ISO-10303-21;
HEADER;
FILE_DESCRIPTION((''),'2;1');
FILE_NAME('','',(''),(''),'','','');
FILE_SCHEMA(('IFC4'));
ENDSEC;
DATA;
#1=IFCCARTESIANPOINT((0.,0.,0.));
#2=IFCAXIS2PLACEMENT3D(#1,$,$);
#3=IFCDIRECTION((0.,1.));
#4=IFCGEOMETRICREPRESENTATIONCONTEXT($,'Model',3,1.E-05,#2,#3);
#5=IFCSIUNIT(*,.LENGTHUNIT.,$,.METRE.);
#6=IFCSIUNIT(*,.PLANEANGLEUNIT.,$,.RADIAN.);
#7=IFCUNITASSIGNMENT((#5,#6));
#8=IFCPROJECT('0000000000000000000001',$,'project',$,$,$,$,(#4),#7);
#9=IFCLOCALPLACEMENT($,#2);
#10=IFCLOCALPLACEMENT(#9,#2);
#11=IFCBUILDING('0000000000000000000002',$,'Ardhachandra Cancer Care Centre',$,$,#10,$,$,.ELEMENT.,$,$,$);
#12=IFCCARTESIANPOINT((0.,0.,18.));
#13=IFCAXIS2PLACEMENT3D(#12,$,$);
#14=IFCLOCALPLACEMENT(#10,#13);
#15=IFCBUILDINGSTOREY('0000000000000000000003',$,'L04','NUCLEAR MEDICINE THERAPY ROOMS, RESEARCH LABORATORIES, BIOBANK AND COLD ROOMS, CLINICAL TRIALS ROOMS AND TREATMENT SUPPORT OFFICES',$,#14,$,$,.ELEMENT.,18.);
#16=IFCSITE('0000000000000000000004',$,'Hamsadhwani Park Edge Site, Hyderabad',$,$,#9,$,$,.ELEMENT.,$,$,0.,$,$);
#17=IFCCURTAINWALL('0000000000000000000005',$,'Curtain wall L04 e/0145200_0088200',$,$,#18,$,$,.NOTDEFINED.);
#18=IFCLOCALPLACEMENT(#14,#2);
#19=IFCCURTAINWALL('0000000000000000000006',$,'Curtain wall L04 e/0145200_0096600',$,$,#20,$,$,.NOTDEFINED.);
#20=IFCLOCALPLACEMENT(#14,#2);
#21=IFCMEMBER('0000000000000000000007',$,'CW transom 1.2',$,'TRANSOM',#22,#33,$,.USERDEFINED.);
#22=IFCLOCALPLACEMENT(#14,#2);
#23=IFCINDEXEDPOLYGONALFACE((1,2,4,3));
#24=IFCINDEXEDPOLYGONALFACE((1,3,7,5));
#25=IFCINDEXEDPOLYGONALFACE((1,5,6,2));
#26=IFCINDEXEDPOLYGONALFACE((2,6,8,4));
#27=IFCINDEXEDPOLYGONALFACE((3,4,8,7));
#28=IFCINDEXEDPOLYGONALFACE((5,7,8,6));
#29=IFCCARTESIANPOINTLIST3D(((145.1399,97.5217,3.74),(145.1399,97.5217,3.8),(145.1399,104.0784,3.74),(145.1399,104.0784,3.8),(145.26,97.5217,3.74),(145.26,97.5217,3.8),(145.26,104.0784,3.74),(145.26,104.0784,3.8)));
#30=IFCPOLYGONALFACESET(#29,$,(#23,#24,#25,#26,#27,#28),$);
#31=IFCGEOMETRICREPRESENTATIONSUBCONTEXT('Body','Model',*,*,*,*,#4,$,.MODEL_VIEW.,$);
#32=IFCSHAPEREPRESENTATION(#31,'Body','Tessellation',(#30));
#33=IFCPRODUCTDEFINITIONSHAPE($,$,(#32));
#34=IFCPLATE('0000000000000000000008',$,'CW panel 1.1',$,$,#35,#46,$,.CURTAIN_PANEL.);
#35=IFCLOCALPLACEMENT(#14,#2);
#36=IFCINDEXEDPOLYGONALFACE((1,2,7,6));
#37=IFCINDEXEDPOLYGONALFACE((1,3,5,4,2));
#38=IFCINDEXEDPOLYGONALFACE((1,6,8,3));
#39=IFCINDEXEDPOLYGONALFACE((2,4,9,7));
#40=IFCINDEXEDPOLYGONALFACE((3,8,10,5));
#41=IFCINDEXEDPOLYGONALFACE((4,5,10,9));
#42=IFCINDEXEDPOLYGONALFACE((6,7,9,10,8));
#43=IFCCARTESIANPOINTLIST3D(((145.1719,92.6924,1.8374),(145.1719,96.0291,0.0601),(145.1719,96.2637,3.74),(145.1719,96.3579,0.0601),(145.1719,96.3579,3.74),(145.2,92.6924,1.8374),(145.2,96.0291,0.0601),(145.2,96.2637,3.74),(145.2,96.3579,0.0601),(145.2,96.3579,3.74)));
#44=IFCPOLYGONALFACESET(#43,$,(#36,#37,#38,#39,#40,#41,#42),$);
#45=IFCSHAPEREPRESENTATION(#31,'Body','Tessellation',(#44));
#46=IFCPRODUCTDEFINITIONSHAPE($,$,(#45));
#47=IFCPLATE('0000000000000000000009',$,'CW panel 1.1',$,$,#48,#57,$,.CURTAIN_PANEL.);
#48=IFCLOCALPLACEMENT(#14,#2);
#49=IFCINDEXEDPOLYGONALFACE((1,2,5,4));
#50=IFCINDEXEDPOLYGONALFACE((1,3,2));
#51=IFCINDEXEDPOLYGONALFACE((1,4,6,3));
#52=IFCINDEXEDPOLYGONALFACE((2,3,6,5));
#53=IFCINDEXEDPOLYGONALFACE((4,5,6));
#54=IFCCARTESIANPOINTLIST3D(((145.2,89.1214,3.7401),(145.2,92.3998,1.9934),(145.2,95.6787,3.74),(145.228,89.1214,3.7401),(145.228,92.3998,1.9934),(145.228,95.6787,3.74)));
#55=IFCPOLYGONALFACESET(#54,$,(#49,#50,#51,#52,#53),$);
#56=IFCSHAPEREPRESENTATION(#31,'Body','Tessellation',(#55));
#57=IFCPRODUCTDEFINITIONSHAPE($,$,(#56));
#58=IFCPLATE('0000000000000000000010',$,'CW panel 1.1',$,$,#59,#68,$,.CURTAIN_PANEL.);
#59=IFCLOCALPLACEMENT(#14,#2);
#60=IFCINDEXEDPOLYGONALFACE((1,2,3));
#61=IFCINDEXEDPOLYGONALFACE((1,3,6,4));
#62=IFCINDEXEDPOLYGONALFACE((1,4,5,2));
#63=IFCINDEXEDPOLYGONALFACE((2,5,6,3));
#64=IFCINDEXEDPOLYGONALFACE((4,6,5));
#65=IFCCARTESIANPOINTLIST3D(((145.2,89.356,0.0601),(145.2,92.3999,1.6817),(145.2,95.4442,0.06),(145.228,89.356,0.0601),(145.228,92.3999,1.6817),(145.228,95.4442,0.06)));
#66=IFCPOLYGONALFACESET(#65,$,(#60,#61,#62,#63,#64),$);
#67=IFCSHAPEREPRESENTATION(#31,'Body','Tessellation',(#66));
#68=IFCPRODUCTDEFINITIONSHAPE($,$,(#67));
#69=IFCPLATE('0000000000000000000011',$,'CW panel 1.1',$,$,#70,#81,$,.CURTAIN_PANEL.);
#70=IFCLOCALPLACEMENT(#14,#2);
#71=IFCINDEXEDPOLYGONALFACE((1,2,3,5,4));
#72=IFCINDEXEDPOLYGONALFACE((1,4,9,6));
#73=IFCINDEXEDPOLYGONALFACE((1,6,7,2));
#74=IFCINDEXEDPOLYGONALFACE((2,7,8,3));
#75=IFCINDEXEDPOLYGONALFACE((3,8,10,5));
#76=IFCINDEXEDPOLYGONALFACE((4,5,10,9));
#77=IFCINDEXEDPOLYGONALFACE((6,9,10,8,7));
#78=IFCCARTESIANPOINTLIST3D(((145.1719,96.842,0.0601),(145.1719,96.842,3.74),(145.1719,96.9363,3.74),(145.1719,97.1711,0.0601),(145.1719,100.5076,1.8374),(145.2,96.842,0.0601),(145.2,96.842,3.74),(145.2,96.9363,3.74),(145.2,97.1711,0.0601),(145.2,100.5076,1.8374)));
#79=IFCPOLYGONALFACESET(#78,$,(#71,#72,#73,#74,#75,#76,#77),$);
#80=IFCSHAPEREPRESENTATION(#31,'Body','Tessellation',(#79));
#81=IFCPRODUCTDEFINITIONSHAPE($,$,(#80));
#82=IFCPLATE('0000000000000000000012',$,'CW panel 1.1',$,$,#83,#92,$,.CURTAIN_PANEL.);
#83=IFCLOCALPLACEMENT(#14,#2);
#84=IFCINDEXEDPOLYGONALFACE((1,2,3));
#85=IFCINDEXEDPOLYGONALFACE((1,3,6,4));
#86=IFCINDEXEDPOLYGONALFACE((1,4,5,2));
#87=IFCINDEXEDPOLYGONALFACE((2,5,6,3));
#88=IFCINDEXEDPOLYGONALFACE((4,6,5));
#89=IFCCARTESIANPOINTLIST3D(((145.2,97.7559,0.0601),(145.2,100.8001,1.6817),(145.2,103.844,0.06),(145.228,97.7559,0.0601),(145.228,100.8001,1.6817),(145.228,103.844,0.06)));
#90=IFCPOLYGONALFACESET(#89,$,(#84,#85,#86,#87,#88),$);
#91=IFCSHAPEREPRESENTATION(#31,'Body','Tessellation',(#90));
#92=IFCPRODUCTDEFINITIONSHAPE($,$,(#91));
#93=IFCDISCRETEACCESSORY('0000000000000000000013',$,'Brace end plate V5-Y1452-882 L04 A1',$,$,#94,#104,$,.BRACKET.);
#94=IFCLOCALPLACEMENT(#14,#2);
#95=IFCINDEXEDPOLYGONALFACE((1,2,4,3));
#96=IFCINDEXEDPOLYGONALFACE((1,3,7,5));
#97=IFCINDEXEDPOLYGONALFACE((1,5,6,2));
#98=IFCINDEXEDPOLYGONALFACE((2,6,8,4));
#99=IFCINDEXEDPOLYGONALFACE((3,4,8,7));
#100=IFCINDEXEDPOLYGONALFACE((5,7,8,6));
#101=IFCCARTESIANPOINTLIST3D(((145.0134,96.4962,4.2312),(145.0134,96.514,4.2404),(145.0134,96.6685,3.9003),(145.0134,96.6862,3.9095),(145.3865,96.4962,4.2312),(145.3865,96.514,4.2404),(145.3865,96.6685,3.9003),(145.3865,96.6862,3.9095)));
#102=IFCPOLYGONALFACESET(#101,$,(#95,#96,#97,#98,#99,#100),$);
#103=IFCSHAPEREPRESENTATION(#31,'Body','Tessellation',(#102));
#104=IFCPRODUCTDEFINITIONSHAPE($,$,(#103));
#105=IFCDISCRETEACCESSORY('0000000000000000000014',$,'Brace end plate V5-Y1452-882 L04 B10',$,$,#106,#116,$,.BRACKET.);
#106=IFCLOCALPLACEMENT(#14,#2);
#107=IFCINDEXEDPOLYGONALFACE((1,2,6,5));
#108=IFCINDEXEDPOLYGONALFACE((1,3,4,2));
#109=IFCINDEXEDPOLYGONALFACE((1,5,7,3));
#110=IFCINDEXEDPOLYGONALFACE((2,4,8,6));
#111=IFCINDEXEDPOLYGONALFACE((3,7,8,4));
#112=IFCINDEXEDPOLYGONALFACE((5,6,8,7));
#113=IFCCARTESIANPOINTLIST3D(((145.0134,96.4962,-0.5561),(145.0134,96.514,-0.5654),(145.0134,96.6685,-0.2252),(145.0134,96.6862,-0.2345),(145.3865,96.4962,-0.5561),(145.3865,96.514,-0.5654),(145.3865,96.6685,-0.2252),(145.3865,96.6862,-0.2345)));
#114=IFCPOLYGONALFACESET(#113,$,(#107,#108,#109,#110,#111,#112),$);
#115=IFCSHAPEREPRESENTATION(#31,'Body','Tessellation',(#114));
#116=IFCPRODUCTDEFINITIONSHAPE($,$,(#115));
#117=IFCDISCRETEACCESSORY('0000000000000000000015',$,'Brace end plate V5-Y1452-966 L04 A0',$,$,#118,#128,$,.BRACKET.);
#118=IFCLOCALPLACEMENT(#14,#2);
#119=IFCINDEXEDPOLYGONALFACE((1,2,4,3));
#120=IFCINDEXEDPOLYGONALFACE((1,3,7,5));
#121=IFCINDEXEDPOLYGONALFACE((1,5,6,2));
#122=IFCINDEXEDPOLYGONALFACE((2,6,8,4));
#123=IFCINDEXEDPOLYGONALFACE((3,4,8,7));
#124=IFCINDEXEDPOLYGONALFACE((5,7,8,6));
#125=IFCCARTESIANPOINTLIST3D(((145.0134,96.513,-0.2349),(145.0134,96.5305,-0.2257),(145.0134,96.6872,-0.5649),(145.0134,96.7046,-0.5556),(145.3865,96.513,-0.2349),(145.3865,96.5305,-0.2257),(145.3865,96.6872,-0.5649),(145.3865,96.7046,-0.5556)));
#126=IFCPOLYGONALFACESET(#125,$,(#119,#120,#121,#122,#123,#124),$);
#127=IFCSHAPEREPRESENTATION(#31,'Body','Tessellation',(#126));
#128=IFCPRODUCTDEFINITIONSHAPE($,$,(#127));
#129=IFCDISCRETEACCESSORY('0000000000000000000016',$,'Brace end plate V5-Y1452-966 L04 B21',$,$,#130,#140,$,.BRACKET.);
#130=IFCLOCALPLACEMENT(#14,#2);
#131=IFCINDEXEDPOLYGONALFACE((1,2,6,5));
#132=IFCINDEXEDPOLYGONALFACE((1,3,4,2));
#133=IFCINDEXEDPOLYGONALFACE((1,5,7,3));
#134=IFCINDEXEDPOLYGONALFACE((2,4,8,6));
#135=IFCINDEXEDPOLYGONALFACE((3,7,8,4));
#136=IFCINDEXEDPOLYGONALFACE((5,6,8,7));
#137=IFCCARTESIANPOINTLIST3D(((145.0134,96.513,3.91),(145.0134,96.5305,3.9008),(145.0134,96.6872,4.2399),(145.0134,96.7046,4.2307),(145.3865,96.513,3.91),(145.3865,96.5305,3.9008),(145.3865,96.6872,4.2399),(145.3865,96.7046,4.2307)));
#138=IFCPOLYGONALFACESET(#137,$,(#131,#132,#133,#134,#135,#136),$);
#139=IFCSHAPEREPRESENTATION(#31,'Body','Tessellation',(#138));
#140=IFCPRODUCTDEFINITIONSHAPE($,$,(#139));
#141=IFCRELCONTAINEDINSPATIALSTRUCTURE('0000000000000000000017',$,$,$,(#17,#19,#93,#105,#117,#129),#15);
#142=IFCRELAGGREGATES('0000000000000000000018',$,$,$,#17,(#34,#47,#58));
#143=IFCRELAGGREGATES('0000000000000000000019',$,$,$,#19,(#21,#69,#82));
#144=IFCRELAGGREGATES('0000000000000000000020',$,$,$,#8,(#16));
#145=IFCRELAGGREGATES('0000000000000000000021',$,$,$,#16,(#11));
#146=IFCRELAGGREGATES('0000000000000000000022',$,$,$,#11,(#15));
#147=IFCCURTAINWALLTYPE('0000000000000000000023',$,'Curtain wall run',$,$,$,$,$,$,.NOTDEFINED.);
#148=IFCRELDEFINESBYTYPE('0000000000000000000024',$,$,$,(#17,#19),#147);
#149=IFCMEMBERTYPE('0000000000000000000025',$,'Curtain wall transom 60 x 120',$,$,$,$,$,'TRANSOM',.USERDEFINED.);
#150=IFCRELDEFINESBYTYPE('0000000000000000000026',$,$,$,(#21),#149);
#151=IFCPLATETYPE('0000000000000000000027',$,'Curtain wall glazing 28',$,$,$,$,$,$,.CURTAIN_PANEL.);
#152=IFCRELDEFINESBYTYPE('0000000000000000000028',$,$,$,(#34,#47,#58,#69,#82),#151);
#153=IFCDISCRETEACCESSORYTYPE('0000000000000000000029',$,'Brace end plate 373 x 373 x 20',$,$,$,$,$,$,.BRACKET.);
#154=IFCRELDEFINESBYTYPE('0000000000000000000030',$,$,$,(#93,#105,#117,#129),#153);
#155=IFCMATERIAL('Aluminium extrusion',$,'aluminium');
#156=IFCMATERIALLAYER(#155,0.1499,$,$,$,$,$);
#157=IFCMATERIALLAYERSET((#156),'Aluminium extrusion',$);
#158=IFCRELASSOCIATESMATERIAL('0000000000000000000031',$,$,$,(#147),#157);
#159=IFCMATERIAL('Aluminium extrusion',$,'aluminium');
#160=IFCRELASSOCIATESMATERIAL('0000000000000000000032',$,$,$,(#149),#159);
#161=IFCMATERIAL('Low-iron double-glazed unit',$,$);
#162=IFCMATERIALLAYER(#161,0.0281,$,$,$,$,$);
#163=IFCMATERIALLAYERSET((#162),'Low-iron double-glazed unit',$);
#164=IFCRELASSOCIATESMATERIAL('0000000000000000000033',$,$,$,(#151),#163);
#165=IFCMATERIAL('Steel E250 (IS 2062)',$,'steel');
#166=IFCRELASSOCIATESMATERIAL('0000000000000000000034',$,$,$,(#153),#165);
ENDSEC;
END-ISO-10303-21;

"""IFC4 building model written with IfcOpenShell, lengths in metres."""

from ifc_helpers import new_model, si_unit, direction, frame, origin, origin_2d, place, context, subcontext, project, spatial, polyline, rectangle, outline, extrude, material, layer, layer_set, material_profile, profile_set, type_object, element, aggregate, save


model = new_model("IFC4")

# Units and contexts
model_context = context("Model", 3, precision=1e-05, world=origin(), true_north=direction((0.0, 1.0)))
body_context = subcontext(model_context, "Body", "Model", "MODEL_VIEW")
ifc_project = project(units=[si_unit("LENGTHUNIT", "METRE"), si_unit("PLANEANGLEUNIT", "RADIAN")], contexts=[model_context])

# Site, building, storey
site_placement = place(None, origin())
site = spatial("IfcSite", under=ifc_project, at=site_placement, Name="Hamsadhwani Park Edge Site, Hyderabad", CompositionType="ELEMENT", RefElevation=0.0)
building_placement = place(site_placement, origin())
building = spatial("IfcBuilding", under=site, at=building_placement, Name="Ardhachandra Cancer Care Centre", CompositionType="ELEMENT")
storey_placement = place(building_placement, frame((0.0, 0.0, 18.0)))
storey = spatial("IfcBuildingStorey", under=building, at=storey_placement, Name="L04", Description="NUCLEAR MEDICINE THERAPY ROOMS, RESEARCH LABORATORIES, BIOBANK AND COLD ROOMS, CLINICAL TRIALS ROOMS AND TREATMENT SUPPORT OFFICES", CompositionType="ELEMENT", Elevation=18.0)

# Curtain walls
ifc_material_1 = material(Name="Aluminium extrusion", Category="aluminium")
ifc_layer_1 = layer(ifc_material_1, 0.1499)
ifc_layer_set_1 = layer_set([ifc_layer_1], Name="Aluminium extrusion")
curtain_wall_type = type_object("IfcCurtainWallType", Name="Curtain wall run", PredefinedType="NOTDEFINED", material=ifc_layer_set_1)
curtain_wall_1_placement = place(storey_placement, origin())
curtain_wall_1 = element("IfcCurtainWall", 1, at=curtain_wall_1_placement, inside=storey, type_object=curtain_wall_type, Name="Curtain wall L04 e/0145200_0088200", PredefinedType="NOTDEFINED")
curtain_wall_2_placement = place(storey_placement, origin())
curtain_wall_2 = element("IfcCurtainWall", 2, at=curtain_wall_2_placement, inside=storey, type_object=curtain_wall_type, Name="Curtain wall L04 e/0145200_0096600", PredefinedType="NOTDEFINED")

# Member
ifc_material_2 = material(Name="Aluminium extrusion", Category="aluminium")
ifc_material_profile_1 = material_profile(ifc_material_2, rectangle(XDim=0.1201, YDim=0.0601, at=origin_2d()), Name="Curtain wall transom 60 x 120")
ifc_profile_set_1 = profile_set([ifc_material_profile_1], Name="Aluminium extrusion")
member_type_1 = type_object("IfcMemberType", Name="Curtain wall transom 60 x 120", ElementType="TRANSOM", PredefinedType="USERDEFINED", material=ifc_profile_set_1)
member_1_placement = place(storey_placement, frame((145.2, 97.5217, 3.77), z_axis=(0.0, 1.0, 0.0), x_axis=(-1.0, 0.0, 0.0)))
member_1 = element("IfcMember", 3, at=member_1_placement, type_object=member_type_1, Name="CW transom 1.2", ObjectType="TRANSOM", PredefinedType="USERDEFINED", context=body_context, shape_type="SweptSolid", body=[
    extrude(rectangle(XDim=0.1201, YDim=0.0601, at=origin_2d()), origin(), (0.0, 0.0, 1.0), 6.5566),
])

# Plates
ifc_material_3 = material(Name="Low-iron double-glazed unit")
ifc_layer_2 = layer(ifc_material_3, 0.0281)
ifc_layer_set_2 = layer_set([ifc_layer_2], Name="Low-iron double-glazed unit")
plate_type = type_object("IfcPlateType", Name="Curtain wall glazing 28", PredefinedType="CURTAIN_PANEL", material=ifc_layer_set_2)
plate_1_placement = place(storey_placement, frame((145.2, 96.3579, 3.74), z_axis=(-1.0, 0.0, 0.0), x_axis=(0.0, 0.0, -1.0)))
plate_1 = element("IfcPlate", 4, at=plate_1_placement, type_object=plate_type, Name="CW panel 1.1", PredefinedType="CURTAIN_PANEL", context=body_context, shape_type="SweptSolid", body=[
    extrude(outline(polyline([(0.0, 0.0), (3.6799, 0.0), (3.6799, 0.3289), (1.9026, 3.6655), (0.0, 0.0942), (0.0, 0.0)])), origin(), (0.0, 0.0, 1.0), 0.0281),
])
plate_2_placement = place(storey_placement, frame((145.2, 95.6787, 3.74), z_axis=(-1.0, 0.0, 0.0), x_axis=(0.0, -0.882589, -0.470145)))
plate_2 = element("IfcPlate", 5, at=plate_2_placement, type_object=plate_type, Name="CW panel 1.1", PredefinedType="CURTAIN_PANEL", context=body_context, shape_type="SweptSolid", body=[
    extrude(outline(polyline([(0.0, 0.0), (3.7151, 0.0), (5.7874, 3.083), (0.0, 0.0)])), frame((0.0, 0.0, -0.0281)), (0.0, 0.0, 1.0), 0.0281),
])
plate_3_placement = place(storey_placement, frame((145.2, 89.356, 0.0601), z_axis=(-1.0, 0.0, 0.0), x_axis=(0.0, 0.882576, 0.470169)))
plate_3 = element("IfcPlate", 6, at=plate_3_placement, type_object=plate_type, Name="CW panel 1.1", PredefinedType="CURTAIN_PANEL", context=body_context, shape_type="SweptSolid", body=[
    extrude(outline(polyline([(0.0, 0.0), (3.449, 0.0), (5.3733, 2.8625), (0.0, 0.0)])), frame((0.0, 0.0, -0.0281)), (0.0, 0.0, 1.0), 0.0281),
])
aggregate(curtain_wall_1, [plate_1, plate_2, plate_3])
plate_4_placement = place(storey_placement, frame((145.2, 96.842, 0.0601), z_axis=(-1.0, 0.0, 0.0), x_axis=(0.0, 0.0, 1.0)))
plate_4 = element("IfcPlate", 7, at=plate_4_placement, type_object=plate_type, Name="CW panel 1.1", PredefinedType="CURTAIN_PANEL", context=body_context, shape_type="SweptSolid", body=[
    extrude(outline(polyline([(0.0, 0.0), (3.6799, 0.0), (3.6799, 0.0942), (1.7773, 3.6655), (0.0, 0.3291), (0.0, 0.0)])), origin(), (0.0, 0.0, 1.0), 0.0281),
])
plate_5_placement = place(storey_placement, frame((145.2, 97.7559, 0.0601), z_axis=(-1.0, 0.0, 0.0), x_axis=(0.0, 0.882592, 0.47014)))
plate_5 = element("IfcPlate", 8, at=plate_5_placement, type_object=plate_type, Name="CW panel 1.1", PredefinedType="CURTAIN_PANEL", context=body_context, shape_type="SweptSolid", body=[
    extrude(outline(polyline([(0.0, 0.0), (3.4492, 0.0), (5.3733, 2.8623), (0.0, 0.0)])), frame((0.0, 0.0, -0.0281)), (0.0, 0.0, 1.0), 0.0281),
])
aggregate(curtain_wall_2, [member_1, plate_4, plate_5])

# Discrete accessories
ifc_material_4 = material(Name="Steel E250 (IS 2062)", Category="steel")
ifc_material_profile_2 = material_profile(ifc_material_4, rectangle(XDim=0.373, YDim=0.373, at=origin_2d()), Name="PL 373x373x20")
ifc_profile_set_2 = profile_set([ifc_material_profile_2], Name="Steel E250 (IS 2062)")
discrete_accessory_type = type_object("IfcDiscreteAccessoryType", Name="Brace end plate 373 x 373 x 20", PredefinedType="BRACKET", material=ifc_profile_set_2)
for number, where, z_axis, x_axis, name in (
    (9, (145.2, 96.6001, 4.075), (0.0, -0.887018, -0.461735), (1.0, 0.0, 0.0), "Brace end plate V5-Y1452-882 L04 A1"),
    (10, (145.2, 96.6001, -0.3999), (0.0, -0.887018, 0.461735), (1.0, 0.0, 0.0), "Brace end plate V5-Y1452-882 L04 B10"),
):
    element("IfcDiscreteAccessory", number, at=place(storey_placement, frame(where, z_axis=z_axis, x_axis=x_axis)), inside=storey, type_object=discrete_accessory_type, Name=name, PredefinedType="BRACKET", context=body_context, shape_type="SweptSolid", body=[
        extrude(rectangle(XDim=0.373, YDim=0.373, at=origin_2d()), origin(), (0.0, 0.0, 1.0), 0.02),
    ])
for number, where, z_axis, x_axis, name in (
    (11, (145.2, 96.6001, -0.3999), (0.0, 0.884385, 0.466759), (-1.0, 0.0, 0.0), "Brace end plate V5-Y1452-966 L04 A0"),
    (12, (145.2, 96.6001, 4.075), (0.0, 0.884385, -0.466759), (-1.0, 0.0, 0.0), "Brace end plate V5-Y1452-966 L04 B21"),
):
    element("IfcDiscreteAccessory", number, at=place(storey_placement, frame(where, z_axis=z_axis, x_axis=x_axis)), inside=storey, type_object=discrete_accessory_type, Name=name, PredefinedType="BRACKET", context=body_context, shape_type="SweptSolid", body=[
        extrude(rectangle(XDim=0.373, YDim=0.373, at=origin_2d()), origin(), (0.0, 0.0, 1.0), 0.0198),
    ])

save(model, "model.ifc")
